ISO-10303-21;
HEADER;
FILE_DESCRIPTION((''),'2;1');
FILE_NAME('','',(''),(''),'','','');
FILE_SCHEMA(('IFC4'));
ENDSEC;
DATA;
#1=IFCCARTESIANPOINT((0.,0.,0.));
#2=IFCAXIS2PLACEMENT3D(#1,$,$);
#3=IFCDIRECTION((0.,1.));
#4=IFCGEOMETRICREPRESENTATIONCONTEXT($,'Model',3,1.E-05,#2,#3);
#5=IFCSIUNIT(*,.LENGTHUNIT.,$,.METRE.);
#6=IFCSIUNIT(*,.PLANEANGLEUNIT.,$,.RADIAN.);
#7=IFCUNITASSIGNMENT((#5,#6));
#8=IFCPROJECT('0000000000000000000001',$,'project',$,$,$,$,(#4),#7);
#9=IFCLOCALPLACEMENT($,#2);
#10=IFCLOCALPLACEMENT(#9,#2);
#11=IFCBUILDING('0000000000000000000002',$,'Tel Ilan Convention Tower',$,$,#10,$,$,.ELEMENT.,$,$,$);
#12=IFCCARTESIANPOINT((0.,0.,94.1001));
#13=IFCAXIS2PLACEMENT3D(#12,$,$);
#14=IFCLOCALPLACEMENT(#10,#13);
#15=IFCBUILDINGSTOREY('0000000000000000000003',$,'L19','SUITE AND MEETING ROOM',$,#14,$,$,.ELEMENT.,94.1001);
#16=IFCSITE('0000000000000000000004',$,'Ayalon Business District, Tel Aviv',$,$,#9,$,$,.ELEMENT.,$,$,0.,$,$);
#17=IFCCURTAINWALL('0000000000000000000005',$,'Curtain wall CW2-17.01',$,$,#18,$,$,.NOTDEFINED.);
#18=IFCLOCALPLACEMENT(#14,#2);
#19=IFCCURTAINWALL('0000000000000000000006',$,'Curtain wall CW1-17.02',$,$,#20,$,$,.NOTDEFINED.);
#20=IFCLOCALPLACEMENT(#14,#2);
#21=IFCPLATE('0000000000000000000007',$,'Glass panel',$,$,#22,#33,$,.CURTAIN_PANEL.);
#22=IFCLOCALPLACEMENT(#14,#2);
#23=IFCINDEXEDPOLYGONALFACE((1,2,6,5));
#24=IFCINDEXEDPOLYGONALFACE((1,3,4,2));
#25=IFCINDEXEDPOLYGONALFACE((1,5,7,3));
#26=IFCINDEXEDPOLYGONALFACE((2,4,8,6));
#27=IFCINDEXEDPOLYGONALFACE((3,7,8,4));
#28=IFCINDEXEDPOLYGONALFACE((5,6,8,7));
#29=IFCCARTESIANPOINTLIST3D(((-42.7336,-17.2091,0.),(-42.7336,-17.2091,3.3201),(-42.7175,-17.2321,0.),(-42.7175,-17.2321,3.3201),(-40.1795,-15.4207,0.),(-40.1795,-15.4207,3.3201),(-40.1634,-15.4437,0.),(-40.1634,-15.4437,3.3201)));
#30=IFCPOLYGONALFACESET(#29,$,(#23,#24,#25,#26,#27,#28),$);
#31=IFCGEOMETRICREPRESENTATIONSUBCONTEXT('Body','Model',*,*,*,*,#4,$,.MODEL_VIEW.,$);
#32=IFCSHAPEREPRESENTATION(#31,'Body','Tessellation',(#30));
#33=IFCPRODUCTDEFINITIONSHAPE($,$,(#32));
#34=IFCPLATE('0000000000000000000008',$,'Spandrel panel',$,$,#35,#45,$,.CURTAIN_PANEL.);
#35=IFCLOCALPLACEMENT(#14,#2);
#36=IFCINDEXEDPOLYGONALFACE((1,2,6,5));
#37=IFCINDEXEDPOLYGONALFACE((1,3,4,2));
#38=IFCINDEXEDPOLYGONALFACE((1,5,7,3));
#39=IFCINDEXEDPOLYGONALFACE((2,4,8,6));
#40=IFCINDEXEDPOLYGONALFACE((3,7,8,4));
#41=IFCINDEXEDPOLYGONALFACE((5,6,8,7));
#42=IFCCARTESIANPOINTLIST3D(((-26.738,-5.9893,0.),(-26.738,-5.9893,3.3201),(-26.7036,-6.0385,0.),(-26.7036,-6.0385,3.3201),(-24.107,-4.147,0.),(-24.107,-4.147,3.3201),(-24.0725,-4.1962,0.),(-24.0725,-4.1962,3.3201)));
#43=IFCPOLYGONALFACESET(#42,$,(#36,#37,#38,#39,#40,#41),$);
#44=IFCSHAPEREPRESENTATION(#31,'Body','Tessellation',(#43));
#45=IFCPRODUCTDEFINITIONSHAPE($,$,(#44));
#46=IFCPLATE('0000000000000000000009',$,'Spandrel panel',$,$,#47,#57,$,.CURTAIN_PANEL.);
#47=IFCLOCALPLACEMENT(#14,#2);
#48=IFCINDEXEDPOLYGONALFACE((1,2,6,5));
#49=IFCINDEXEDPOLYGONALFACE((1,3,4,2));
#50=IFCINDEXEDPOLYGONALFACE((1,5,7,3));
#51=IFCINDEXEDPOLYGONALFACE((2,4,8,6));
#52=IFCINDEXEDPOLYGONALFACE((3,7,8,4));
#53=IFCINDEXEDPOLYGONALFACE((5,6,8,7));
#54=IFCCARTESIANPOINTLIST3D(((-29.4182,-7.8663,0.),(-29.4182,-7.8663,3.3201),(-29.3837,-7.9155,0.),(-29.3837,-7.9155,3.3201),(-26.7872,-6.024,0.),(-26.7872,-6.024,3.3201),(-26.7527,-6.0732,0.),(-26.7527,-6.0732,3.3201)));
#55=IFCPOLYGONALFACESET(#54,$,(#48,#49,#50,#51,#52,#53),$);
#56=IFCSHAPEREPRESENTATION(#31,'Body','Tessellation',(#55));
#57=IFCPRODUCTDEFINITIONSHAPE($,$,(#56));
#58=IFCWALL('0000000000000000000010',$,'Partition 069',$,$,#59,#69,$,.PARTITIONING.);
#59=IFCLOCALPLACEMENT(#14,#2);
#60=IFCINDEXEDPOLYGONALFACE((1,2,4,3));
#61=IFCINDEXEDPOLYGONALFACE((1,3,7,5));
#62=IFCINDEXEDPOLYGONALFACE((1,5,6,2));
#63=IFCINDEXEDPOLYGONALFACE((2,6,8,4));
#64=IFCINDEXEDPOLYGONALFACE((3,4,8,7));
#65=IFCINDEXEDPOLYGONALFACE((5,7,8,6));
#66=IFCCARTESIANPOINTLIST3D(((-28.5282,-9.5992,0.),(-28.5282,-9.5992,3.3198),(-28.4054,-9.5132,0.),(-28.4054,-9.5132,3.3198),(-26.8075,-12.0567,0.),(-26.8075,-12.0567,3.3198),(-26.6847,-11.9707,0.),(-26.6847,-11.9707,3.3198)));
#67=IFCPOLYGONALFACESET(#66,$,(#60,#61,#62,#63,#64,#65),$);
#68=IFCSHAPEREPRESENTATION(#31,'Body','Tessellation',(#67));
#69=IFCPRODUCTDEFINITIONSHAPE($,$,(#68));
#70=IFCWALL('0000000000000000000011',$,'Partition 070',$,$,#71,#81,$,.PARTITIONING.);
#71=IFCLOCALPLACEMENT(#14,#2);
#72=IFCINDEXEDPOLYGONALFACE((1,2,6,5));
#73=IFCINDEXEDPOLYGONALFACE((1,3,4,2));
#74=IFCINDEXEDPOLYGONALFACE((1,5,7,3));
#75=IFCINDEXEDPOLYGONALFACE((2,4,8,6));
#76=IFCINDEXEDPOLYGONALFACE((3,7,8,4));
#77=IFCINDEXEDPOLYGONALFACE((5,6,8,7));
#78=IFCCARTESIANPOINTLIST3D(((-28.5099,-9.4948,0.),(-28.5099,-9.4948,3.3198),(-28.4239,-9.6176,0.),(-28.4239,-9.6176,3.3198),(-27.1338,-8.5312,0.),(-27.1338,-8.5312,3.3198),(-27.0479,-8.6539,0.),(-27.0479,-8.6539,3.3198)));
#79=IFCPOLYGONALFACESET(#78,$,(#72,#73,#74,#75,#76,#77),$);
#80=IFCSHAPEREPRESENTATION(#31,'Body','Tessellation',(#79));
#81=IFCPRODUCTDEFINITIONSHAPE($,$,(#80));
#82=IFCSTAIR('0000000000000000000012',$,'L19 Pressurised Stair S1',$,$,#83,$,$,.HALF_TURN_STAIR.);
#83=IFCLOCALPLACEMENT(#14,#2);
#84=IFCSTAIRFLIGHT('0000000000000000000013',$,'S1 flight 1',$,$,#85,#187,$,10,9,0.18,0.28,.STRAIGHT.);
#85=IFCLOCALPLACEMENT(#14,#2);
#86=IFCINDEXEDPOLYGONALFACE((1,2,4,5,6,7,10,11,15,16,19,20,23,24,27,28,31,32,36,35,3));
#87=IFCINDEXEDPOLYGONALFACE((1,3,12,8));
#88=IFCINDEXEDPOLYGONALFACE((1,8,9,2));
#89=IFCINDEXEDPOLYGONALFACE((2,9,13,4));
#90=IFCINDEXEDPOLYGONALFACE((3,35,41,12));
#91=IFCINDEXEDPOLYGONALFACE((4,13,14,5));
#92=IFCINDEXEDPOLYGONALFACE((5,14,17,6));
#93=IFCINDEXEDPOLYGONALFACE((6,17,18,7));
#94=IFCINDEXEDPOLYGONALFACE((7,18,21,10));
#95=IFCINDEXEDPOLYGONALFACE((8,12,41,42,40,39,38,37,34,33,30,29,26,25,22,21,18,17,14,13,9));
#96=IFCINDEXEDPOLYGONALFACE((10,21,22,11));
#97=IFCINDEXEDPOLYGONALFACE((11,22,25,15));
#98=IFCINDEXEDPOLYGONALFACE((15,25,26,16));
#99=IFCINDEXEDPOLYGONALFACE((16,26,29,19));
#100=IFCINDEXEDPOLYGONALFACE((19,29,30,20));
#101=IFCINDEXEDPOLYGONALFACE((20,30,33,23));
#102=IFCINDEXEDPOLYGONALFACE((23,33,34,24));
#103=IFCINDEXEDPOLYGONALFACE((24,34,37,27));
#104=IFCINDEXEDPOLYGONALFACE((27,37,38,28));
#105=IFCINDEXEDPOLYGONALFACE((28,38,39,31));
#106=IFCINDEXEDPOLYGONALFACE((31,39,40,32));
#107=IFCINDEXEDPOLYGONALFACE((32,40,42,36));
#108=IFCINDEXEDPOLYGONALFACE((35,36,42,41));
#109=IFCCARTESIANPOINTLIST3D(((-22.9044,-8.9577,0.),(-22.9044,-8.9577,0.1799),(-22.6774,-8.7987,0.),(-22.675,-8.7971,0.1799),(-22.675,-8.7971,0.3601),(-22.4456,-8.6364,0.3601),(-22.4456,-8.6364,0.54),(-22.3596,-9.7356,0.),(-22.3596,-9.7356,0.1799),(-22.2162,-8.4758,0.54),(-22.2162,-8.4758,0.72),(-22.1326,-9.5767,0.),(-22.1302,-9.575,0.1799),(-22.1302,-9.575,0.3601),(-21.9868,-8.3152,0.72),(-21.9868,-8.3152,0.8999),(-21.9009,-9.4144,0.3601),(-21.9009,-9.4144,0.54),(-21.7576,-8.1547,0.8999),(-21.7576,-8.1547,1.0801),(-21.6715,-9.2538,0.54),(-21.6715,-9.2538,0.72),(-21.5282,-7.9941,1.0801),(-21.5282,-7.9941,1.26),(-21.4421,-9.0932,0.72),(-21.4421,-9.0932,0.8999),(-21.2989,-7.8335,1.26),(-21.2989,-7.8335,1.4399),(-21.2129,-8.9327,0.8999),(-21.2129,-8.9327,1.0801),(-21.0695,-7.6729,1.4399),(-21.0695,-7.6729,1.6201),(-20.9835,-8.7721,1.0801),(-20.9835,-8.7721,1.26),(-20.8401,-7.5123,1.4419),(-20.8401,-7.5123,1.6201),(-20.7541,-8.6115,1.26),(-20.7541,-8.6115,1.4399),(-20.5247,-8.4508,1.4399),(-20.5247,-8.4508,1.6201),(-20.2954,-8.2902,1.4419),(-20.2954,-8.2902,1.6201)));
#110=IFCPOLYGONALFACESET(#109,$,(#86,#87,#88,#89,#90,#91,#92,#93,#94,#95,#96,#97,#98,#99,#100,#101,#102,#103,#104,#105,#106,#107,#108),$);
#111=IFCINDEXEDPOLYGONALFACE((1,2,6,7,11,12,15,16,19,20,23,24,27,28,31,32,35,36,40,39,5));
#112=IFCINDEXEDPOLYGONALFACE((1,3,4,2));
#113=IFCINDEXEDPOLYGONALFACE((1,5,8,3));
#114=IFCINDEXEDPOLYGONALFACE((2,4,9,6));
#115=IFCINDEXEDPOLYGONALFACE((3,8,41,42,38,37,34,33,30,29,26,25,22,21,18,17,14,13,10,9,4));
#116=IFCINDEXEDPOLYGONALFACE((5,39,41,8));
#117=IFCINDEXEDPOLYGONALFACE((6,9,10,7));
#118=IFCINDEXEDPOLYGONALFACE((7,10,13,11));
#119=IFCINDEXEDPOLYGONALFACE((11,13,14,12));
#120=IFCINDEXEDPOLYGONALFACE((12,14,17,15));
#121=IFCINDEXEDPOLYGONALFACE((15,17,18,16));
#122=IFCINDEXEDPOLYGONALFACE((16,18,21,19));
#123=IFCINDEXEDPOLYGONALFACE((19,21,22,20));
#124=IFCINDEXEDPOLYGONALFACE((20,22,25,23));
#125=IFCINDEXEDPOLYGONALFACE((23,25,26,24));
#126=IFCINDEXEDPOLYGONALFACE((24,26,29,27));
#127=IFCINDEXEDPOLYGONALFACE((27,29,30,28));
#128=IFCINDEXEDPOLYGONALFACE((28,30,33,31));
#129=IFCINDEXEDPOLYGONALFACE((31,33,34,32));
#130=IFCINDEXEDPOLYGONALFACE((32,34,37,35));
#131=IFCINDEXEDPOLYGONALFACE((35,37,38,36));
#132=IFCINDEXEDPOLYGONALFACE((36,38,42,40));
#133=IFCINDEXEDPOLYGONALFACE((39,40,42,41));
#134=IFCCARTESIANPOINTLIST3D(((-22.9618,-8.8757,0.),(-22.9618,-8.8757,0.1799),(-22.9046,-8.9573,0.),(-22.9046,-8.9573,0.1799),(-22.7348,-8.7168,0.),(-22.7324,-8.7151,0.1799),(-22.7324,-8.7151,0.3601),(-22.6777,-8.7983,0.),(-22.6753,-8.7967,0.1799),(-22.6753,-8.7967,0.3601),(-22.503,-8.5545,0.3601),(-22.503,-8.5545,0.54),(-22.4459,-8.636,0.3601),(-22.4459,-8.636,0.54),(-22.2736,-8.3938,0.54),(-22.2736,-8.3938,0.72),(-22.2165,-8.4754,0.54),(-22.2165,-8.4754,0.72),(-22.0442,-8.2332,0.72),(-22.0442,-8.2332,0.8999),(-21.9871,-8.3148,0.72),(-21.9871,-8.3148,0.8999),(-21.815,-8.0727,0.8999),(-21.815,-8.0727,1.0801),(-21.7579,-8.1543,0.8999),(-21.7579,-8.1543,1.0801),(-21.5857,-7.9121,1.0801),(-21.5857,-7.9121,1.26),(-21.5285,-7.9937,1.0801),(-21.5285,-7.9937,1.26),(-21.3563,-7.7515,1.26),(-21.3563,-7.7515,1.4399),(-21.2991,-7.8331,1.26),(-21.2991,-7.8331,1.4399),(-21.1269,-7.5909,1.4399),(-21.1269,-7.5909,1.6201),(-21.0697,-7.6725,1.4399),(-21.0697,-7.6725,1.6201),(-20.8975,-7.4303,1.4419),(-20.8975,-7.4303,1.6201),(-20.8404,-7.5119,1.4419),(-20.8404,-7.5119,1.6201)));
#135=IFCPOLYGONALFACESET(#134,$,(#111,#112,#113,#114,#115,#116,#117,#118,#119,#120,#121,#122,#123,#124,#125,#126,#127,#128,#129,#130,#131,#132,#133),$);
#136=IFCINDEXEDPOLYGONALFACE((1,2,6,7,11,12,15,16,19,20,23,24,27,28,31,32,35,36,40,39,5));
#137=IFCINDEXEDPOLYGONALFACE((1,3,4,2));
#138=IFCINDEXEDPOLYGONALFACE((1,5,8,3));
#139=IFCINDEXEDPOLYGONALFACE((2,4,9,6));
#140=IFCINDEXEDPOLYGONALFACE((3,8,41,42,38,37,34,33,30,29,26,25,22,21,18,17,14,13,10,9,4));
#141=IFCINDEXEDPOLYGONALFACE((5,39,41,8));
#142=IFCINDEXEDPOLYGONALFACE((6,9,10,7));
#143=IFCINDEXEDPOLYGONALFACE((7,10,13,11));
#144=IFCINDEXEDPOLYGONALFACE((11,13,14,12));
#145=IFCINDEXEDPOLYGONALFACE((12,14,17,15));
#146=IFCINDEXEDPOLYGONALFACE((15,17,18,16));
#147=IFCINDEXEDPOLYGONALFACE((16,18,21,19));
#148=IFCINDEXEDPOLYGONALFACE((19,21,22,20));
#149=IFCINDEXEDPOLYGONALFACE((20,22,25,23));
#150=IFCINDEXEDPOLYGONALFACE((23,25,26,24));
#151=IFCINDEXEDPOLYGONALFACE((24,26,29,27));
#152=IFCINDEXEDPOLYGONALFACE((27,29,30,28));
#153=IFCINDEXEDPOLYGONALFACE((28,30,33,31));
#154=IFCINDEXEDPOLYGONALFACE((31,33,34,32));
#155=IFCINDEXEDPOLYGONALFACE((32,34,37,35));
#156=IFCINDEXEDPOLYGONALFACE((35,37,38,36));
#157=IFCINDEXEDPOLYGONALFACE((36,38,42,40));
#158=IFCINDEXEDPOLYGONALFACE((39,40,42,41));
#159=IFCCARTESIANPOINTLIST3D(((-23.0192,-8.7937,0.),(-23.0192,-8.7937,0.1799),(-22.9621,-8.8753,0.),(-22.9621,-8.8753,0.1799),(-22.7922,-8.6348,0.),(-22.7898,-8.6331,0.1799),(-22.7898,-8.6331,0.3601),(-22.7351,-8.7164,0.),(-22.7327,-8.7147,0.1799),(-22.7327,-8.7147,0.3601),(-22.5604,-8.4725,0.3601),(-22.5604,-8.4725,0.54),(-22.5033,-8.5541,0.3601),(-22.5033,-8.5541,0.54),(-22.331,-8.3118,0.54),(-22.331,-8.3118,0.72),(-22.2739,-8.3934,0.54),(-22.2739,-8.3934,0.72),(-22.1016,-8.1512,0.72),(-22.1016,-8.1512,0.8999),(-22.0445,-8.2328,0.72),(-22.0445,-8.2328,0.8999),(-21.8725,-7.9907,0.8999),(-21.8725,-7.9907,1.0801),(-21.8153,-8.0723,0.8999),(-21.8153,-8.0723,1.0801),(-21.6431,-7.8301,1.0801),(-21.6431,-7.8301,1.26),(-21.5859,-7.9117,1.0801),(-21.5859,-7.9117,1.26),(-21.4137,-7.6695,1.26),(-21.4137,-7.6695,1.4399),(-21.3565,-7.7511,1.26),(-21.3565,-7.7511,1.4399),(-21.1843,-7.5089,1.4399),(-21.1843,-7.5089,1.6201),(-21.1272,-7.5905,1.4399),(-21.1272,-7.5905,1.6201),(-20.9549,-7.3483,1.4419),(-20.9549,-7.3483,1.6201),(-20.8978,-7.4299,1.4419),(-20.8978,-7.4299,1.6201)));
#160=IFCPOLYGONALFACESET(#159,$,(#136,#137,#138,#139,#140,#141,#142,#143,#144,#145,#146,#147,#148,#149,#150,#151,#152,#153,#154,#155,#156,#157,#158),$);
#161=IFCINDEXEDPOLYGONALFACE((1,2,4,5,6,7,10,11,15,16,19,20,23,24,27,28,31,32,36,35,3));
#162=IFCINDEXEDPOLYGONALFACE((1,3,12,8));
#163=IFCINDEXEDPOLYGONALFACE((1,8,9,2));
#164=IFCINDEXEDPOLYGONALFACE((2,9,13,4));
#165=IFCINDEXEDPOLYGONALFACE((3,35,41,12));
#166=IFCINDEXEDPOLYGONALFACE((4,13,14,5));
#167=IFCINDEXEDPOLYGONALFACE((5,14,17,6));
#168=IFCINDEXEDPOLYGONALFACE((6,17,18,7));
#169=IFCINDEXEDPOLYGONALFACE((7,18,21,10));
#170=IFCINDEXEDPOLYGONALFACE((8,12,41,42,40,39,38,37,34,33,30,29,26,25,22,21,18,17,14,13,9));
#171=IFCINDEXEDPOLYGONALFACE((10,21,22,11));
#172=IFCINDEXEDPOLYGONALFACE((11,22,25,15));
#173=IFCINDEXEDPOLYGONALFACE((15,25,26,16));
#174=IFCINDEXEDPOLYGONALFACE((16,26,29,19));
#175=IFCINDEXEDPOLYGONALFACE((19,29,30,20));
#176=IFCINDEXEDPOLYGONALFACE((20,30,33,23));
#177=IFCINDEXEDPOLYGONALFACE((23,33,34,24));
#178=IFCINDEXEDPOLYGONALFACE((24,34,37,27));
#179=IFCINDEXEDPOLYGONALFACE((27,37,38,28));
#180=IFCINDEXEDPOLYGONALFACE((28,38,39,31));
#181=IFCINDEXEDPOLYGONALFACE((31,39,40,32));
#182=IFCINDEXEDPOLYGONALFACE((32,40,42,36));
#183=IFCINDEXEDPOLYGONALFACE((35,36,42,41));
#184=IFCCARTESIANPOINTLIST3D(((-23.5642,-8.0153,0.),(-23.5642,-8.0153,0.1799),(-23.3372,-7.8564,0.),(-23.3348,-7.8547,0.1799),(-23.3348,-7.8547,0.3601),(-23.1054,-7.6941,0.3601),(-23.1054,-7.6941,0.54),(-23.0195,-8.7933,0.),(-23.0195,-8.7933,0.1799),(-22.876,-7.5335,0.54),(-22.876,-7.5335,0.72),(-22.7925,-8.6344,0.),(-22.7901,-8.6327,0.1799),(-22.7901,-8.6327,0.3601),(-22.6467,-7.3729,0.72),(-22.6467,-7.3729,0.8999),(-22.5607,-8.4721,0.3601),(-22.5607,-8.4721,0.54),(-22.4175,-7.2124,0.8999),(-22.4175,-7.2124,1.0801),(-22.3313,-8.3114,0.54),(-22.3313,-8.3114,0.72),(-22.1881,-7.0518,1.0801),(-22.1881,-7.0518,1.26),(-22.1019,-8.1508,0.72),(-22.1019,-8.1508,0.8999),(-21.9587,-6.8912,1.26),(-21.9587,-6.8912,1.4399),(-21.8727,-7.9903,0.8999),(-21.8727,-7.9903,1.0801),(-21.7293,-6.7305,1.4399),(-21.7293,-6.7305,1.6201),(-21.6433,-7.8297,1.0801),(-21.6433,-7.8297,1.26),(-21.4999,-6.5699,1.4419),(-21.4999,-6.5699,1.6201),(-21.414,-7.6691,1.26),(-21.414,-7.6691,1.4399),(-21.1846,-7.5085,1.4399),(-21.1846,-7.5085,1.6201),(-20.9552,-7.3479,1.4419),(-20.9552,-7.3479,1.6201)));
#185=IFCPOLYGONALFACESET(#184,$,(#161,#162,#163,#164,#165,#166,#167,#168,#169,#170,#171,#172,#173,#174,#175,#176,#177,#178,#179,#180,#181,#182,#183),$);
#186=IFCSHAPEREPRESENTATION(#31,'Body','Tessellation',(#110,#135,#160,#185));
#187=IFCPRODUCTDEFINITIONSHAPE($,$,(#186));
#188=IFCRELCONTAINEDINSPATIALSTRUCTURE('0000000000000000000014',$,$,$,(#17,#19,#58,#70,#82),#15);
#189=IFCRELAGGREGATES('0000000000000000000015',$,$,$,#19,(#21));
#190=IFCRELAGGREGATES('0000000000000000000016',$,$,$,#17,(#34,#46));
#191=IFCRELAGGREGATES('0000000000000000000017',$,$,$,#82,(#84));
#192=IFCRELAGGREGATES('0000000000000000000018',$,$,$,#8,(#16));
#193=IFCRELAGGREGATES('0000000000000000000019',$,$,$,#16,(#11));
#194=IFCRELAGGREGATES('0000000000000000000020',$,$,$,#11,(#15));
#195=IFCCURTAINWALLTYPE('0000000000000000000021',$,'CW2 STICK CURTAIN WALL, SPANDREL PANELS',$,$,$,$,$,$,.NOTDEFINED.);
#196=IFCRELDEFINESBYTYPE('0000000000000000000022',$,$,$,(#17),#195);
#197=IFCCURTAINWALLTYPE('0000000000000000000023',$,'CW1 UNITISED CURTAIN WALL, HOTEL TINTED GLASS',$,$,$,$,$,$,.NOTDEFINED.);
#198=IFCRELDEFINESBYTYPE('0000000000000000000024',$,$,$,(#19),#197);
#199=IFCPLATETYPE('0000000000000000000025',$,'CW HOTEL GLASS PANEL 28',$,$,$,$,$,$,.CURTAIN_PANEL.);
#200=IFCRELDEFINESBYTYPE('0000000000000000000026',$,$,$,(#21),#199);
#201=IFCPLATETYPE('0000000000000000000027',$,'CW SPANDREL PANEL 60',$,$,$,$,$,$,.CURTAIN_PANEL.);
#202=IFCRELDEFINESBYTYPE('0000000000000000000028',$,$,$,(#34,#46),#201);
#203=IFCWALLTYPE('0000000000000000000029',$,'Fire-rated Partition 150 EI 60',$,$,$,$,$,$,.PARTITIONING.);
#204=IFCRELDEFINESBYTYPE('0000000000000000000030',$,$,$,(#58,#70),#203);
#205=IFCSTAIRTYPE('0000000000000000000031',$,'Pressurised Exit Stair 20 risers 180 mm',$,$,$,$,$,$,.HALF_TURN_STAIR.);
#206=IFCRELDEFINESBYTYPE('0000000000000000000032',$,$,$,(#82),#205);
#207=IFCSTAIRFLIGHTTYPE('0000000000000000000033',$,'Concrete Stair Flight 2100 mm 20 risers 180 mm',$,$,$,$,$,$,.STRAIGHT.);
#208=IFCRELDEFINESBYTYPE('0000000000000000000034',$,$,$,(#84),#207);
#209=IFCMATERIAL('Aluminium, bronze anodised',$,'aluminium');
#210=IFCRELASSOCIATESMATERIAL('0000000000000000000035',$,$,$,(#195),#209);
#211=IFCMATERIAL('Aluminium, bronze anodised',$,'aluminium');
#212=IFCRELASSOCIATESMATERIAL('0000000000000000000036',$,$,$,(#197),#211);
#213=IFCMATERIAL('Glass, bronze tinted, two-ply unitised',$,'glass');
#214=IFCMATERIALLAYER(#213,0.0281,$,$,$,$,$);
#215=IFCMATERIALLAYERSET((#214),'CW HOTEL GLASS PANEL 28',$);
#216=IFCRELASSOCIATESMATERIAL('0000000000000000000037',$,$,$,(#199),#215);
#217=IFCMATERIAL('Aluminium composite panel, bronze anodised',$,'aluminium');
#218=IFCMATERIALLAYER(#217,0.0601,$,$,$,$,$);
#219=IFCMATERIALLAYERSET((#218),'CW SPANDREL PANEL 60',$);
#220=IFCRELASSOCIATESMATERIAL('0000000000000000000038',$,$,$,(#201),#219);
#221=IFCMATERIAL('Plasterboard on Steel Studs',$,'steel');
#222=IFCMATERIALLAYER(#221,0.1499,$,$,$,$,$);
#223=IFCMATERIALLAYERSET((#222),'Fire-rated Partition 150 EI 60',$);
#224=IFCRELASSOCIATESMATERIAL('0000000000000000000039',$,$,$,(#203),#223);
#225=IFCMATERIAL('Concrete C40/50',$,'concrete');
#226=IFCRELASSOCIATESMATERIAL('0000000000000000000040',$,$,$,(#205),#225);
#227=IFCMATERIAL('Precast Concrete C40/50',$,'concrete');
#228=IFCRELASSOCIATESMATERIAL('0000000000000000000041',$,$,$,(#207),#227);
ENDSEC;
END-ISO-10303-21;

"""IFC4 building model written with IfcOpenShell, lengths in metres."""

from ifc_helpers import new_model, si_unit, direction, frame, frame_2d, origin, origin_2d, place, context, subcontext, project, spatial, polyline, rectangle, outline, extrude, material, layer, layer_set, type_object, element, aggregate, save


model = new_model("IFC4")

# Units and contexts
model_context = context("Model", 3, precision=1e-05, world=origin(), true_north=direction((0.0, 1.0)))
body_context = subcontext(model_context, "Body", "Model", "MODEL_VIEW")
ifc_project = project(units=[si_unit("LENGTHUNIT", "METRE"), si_unit("PLANEANGLEUNIT", "RADIAN")], contexts=[model_context])

# Site, building, storey
site_placement = place(None, origin())
site = spatial("IfcSite", under=ifc_project, at=site_placement, Name="Ayalon Business District, Tel Aviv", CompositionType="ELEMENT", RefElevation=0.0)
building_placement = place(site_placement, origin())
building = spatial("IfcBuilding", under=site, at=building_placement, Name="Tel Ilan Convention Tower", CompositionType="ELEMENT")
storey_placement = place(building_placement, frame((0.0, 0.0, 94.1001)))
storey = spatial("IfcBuildingStorey", under=building, at=storey_placement, Name="L19", Description="SUITE AND MEETING ROOM", CompositionType="ELEMENT", Elevation=94.1001)

# Curtain wall
ifc_material_1 = material(Name="Aluminium, bronze anodised", Category="aluminium")
curtain_wall_type_1 = type_object("IfcCurtainWallType", Name="CW2 STICK CURTAIN WALL, SPANDREL PANELS", PredefinedType="NOTDEFINED", material=ifc_material_1)
curtain_wall_1_placement = place(storey_placement, origin())
curtain_wall_1 = element("IfcCurtainWall", 1, at=curtain_wall_1_placement, inside=storey, type_object=curtain_wall_type_1, Name="Curtain wall CW2-17.01", PredefinedType="NOTDEFINED")

# Curtain wall, plate
ifc_material_2 = material(Name="Aluminium, bronze anodised", Category="aluminium")
curtain_wall_type_2 = type_object("IfcCurtainWallType", Name="CW1 UNITISED CURTAIN WALL, HOTEL TINTED GLASS", PredefinedType="NOTDEFINED", material=ifc_material_2)
curtain_wall_2_placement = place(storey_placement, origin())
curtain_wall_2 = element("IfcCurtainWall", 2, at=curtain_wall_2_placement, inside=storey, type_object=curtain_wall_type_2, Name="Curtain wall CW1-17.02", PredefinedType="NOTDEFINED")
ifc_material_3 = material(Name="Glass, bronze tinted, two-ply unitised", Category="glass")
ifc_layer_1 = layer(ifc_material_3, 0.0281)
ifc_layer_set_1 = layer_set([ifc_layer_1], Name="CW HOTEL GLASS PANEL 28")
plate_type_1 = type_object("IfcPlateType", Name="CW HOTEL GLASS PANEL 28", PredefinedType="CURTAIN_PANEL", material=ifc_layer_set_1)
plate_1_placement = place(storey_placement, frame((-41.4485, -16.3264, 0.0), z_axis=(0.0, 0.0, 1.0), x_axis=(-0.819152, -0.573576, 0.0)))
plate_1 = element("IfcPlate", 3, at=plate_1_placement, type_object=plate_type_1, Name="Glass panel", PredefinedType="CURTAIN_PANEL", context=body_context, shape_type="SweptSolid", body=[
    extrude(rectangle(XDim=3.1179, YDim=0.0281, at=origin_2d()), origin(), (0.0, 0.0, 1.0), 3.3201),
])
aggregate(curtain_wall_2, [plate_1])

# Plates
ifc_material_4 = material(Name="Aluminium composite panel, bronze anodised", Category="aluminium")
ifc_layer_2 = layer(ifc_material_4, 0.0601)
ifc_layer_set_2 = layer_set([ifc_layer_2], Name="CW SPANDREL PANEL 60")
plate_type_2 = type_object("IfcPlateType", Name="CW SPANDREL PANEL 60", PredefinedType="CURTAIN_PANEL", material=ifc_layer_set_2)
plate_2_placement = place(storey_placement, frame((-25.4053, -5.0928, 0.0), z_axis=(0.0, 0.0, 1.0), x_axis=(-0.819152, -0.573576, 0.0)))
plate_2 = element("IfcPlate", 4, at=plate_2_placement, type_object=plate_type_2, Name="Spandrel panel", PredefinedType="CURTAIN_PANEL", context=body_context, shape_type="SweptSolid", body=[
    extrude(rectangle(XDim=3.2119, YDim=0.0601, at=origin_2d()), origin(), (0.0, 0.0, 1.0), 3.3201),
])
plate_3_placement = place(storey_placement, frame((-28.0854, -6.9697, 0.0), z_axis=(0.0, 0.0, 1.0), x_axis=(-0.819152, -0.573576, 0.0)))
plate_3 = element("IfcPlate", 5, at=plate_3_placement, type_object=plate_type_2, Name="Spandrel panel", PredefinedType="CURTAIN_PANEL", context=body_context, shape_type="SweptSolid", body=[
    extrude(rectangle(XDim=3.2119, YDim=0.0601, at=origin_2d()), origin(), (0.0, 0.0, 1.0), 3.3201),
])
aggregate(curtain_wall_1, [plate_2, plate_3])

# Walls
ifc_material_5 = material(Name="Plasterboard on Steel Studs", Category="steel")
ifc_layer_3 = layer(ifc_material_5, 0.1499)
ifc_layer_set_3 = layer_set([ifc_layer_3], Name="Fire-rated Partition 150 EI 60")
wall_type = type_object("IfcWallType", Name="Fire-rated Partition 150 EI 60", PredefinedType="PARTITIONING", material=ifc_layer_set_3)
wall_1_placement = place(storey_placement, frame((-26.7461, -12.0137, 0.0), z_axis=(0.0, 0.0, 1.0), x_axis=(-0.573561, 0.819163, 0.0)))
element("IfcWall", 6, at=wall_1_placement, inside=storey, type_object=wall_type, Name="Partition 069", PredefinedType="PARTITIONING", context=body_context, shape_type="SweptSolid", body=[
    extrude(rectangle(XDim=3.0, YDim=0.1499, at=frame_2d((1.5, 0.0))), origin(), (0.0, 0.0, 1.0), 3.3198),
])
wall_2_placement = place(storey_placement, frame((-28.4668, -9.5562, 0.0), z_axis=(0.0, 0.0, 1.0), x_axis=(0.819109, 0.573638, 0.0)))
element("IfcWall", 7, at=wall_2_placement, inside=storey, type_object=wall_type, Name="Partition 070", PredefinedType="PARTITIONING", context=body_context, shape_type="SweptSolid", body=[
    extrude(rectangle(XDim=1.6799, YDim=0.1499, at=frame_2d((0.8398, 0.0))), origin(), (0.0, 0.0, 1.0), 3.3198),
])

# Stair, stair flight
ifc_material_6 = material(Name="Concrete C40/50", Category="concrete")
stair_type = type_object("IfcStairType", Name="Pressurised Exit Stair 20 risers 180 mm", PredefinedType="HALF_TURN_STAIR", material=ifc_material_6)
stair_placement = place(storey_placement, origin())
stair = element("IfcStair", 8, at=stair_placement, inside=storey, type_object=stair_type, Name="L19 Pressurised Stair S1", PredefinedType="HALF_TURN_STAIR")
ifc_material_7 = material(Name="Precast Concrete C40/50", Category="concrete")
stair_flight_type = type_object("IfcStairFlightType", Name="Concrete Stair Flight 2100 mm 20 risers 180 mm", PredefinedType="STRAIGHT", material=ifc_material_7)
stair_flight_placement = place(storey_placement, frame((-22.9619, -8.8755, 0.0), z_axis=(0.0, 0.0, 1.0), x_axis=(0.819152, 0.573576, 0.0)))
stair_flight = element("IfcStairFlight", 9, at=stair_flight_placement, type_object=stair_flight_type, Name="S1 flight 1", NumberOfRisers=10, NumberOfTreads=9, PredefinedType="STRAIGHT", RiserHeight=0.18, TreadLength=0.28, context=body_context, shape_type="SweptSolid", body=[
    extrude(outline(polyline([(0.0, 0.0), (0.0, 0.1799), (0.28, 0.1799), (0.28, 0.3601), (0.5601, 0.3601), (0.5601, 0.54), (0.8401, 0.54), (0.8401, 0.72), (1.1201, 0.72), (1.1201, 0.8999), (1.3999, 0.8999), (1.3999, 1.0801), (1.6799, 1.0801), (1.6799, 1.26), (1.96, 1.26), (1.96, 1.4399), (2.24, 1.4399), (2.24, 1.6201), (2.52, 1.6201), (2.52, 1.8), (2.52, 1.4419), (0.2771, 0.0), (0.0, 0.0)])), frame((0.0, -0.1003, 0.0), z_axis=(0.0, -1.0, 0.0), x_axis=(1.0, 0.0, 0.0)), (0.0, 0.0, 1.0), 0.9497),
    extrude(outline(polyline([(0.0, 0.0), (0.0, 0.1799), (0.28, 0.1799), (0.28, 0.3601), (0.5601, 0.3601), (0.5601, 0.54), (0.8401, 0.54), (0.8401, 0.72), (1.1201, 0.72), (1.1201, 0.8999), (1.3999, 0.8999), (1.3999, 1.0801), (1.6799, 1.0801), (1.6799, 1.26), (1.96, 1.26), (1.96, 1.4399), (2.24, 1.4399), (2.24, 1.6201), (2.52, 1.6201), (2.52, 1.8), (2.52, 1.4419), (0.2771, 0.0), (0.0, 0.0)])), frame((0.0, -0.0002, 0.0), z_axis=(0.0, -1.0, 0.0), x_axis=(1.0, 0.0, 0.0)), (0.0, 0.0, 1.0), 0.0996),
    extrude(outline(polyline([(0.0, 0.0), (0.0, 0.1799), (0.28, 0.1799), (0.28, 0.3601), (0.5601, 0.3601), (0.5601, 0.54), (0.8401, 0.54), (0.8401, 0.72), (1.1201, 0.72), (1.1201, 0.8999), (1.3999, 0.8999), (1.3999, 1.0801), (1.6799, 1.0801), (1.6799, 1.26), (1.96, 1.26), (1.96, 1.4399), (2.24, 1.4399), (2.24, 1.6201), (2.52, 1.6201), (2.52, 1.8), (2.52, 1.4419), (0.2771, 0.0), (0.0, 0.0)])), frame((0.0, 0.0999, 0.0), z_axis=(0.0, -1.0, 0.0), x_axis=(1.0, 0.0, 0.0)), (0.0, 0.0, 1.0), 0.0996),
    extrude(outline(polyline([(0.0, 0.0), (0.0, 0.1799), (0.28, 0.1799), (0.28, 0.3601), (0.5601, 0.3601), (0.5601, 0.54), (0.8401, 0.54), (0.8401, 0.72), (1.1201, 0.72), (1.1201, 0.8999), (1.3999, 0.8999), (1.3999, 1.0801), (1.6799, 1.0801), (1.6799, 1.26), (1.96, 1.26), (1.96, 1.4399), (2.24, 1.4399), (2.24, 1.6201), (2.52, 1.6201), (2.52, 1.8), (2.52, 1.4419), (0.2771, 0.0), (0.0, 0.0)])), frame((0.0, 1.05, 0.0), z_axis=(0.0, -1.0, 0.0), x_axis=(1.0, 0.0, 0.0)), (0.0, 0.0, 1.0), 0.9497),
])
aggregate(stair, [stair_flight])

save(model, "model.ifc")
